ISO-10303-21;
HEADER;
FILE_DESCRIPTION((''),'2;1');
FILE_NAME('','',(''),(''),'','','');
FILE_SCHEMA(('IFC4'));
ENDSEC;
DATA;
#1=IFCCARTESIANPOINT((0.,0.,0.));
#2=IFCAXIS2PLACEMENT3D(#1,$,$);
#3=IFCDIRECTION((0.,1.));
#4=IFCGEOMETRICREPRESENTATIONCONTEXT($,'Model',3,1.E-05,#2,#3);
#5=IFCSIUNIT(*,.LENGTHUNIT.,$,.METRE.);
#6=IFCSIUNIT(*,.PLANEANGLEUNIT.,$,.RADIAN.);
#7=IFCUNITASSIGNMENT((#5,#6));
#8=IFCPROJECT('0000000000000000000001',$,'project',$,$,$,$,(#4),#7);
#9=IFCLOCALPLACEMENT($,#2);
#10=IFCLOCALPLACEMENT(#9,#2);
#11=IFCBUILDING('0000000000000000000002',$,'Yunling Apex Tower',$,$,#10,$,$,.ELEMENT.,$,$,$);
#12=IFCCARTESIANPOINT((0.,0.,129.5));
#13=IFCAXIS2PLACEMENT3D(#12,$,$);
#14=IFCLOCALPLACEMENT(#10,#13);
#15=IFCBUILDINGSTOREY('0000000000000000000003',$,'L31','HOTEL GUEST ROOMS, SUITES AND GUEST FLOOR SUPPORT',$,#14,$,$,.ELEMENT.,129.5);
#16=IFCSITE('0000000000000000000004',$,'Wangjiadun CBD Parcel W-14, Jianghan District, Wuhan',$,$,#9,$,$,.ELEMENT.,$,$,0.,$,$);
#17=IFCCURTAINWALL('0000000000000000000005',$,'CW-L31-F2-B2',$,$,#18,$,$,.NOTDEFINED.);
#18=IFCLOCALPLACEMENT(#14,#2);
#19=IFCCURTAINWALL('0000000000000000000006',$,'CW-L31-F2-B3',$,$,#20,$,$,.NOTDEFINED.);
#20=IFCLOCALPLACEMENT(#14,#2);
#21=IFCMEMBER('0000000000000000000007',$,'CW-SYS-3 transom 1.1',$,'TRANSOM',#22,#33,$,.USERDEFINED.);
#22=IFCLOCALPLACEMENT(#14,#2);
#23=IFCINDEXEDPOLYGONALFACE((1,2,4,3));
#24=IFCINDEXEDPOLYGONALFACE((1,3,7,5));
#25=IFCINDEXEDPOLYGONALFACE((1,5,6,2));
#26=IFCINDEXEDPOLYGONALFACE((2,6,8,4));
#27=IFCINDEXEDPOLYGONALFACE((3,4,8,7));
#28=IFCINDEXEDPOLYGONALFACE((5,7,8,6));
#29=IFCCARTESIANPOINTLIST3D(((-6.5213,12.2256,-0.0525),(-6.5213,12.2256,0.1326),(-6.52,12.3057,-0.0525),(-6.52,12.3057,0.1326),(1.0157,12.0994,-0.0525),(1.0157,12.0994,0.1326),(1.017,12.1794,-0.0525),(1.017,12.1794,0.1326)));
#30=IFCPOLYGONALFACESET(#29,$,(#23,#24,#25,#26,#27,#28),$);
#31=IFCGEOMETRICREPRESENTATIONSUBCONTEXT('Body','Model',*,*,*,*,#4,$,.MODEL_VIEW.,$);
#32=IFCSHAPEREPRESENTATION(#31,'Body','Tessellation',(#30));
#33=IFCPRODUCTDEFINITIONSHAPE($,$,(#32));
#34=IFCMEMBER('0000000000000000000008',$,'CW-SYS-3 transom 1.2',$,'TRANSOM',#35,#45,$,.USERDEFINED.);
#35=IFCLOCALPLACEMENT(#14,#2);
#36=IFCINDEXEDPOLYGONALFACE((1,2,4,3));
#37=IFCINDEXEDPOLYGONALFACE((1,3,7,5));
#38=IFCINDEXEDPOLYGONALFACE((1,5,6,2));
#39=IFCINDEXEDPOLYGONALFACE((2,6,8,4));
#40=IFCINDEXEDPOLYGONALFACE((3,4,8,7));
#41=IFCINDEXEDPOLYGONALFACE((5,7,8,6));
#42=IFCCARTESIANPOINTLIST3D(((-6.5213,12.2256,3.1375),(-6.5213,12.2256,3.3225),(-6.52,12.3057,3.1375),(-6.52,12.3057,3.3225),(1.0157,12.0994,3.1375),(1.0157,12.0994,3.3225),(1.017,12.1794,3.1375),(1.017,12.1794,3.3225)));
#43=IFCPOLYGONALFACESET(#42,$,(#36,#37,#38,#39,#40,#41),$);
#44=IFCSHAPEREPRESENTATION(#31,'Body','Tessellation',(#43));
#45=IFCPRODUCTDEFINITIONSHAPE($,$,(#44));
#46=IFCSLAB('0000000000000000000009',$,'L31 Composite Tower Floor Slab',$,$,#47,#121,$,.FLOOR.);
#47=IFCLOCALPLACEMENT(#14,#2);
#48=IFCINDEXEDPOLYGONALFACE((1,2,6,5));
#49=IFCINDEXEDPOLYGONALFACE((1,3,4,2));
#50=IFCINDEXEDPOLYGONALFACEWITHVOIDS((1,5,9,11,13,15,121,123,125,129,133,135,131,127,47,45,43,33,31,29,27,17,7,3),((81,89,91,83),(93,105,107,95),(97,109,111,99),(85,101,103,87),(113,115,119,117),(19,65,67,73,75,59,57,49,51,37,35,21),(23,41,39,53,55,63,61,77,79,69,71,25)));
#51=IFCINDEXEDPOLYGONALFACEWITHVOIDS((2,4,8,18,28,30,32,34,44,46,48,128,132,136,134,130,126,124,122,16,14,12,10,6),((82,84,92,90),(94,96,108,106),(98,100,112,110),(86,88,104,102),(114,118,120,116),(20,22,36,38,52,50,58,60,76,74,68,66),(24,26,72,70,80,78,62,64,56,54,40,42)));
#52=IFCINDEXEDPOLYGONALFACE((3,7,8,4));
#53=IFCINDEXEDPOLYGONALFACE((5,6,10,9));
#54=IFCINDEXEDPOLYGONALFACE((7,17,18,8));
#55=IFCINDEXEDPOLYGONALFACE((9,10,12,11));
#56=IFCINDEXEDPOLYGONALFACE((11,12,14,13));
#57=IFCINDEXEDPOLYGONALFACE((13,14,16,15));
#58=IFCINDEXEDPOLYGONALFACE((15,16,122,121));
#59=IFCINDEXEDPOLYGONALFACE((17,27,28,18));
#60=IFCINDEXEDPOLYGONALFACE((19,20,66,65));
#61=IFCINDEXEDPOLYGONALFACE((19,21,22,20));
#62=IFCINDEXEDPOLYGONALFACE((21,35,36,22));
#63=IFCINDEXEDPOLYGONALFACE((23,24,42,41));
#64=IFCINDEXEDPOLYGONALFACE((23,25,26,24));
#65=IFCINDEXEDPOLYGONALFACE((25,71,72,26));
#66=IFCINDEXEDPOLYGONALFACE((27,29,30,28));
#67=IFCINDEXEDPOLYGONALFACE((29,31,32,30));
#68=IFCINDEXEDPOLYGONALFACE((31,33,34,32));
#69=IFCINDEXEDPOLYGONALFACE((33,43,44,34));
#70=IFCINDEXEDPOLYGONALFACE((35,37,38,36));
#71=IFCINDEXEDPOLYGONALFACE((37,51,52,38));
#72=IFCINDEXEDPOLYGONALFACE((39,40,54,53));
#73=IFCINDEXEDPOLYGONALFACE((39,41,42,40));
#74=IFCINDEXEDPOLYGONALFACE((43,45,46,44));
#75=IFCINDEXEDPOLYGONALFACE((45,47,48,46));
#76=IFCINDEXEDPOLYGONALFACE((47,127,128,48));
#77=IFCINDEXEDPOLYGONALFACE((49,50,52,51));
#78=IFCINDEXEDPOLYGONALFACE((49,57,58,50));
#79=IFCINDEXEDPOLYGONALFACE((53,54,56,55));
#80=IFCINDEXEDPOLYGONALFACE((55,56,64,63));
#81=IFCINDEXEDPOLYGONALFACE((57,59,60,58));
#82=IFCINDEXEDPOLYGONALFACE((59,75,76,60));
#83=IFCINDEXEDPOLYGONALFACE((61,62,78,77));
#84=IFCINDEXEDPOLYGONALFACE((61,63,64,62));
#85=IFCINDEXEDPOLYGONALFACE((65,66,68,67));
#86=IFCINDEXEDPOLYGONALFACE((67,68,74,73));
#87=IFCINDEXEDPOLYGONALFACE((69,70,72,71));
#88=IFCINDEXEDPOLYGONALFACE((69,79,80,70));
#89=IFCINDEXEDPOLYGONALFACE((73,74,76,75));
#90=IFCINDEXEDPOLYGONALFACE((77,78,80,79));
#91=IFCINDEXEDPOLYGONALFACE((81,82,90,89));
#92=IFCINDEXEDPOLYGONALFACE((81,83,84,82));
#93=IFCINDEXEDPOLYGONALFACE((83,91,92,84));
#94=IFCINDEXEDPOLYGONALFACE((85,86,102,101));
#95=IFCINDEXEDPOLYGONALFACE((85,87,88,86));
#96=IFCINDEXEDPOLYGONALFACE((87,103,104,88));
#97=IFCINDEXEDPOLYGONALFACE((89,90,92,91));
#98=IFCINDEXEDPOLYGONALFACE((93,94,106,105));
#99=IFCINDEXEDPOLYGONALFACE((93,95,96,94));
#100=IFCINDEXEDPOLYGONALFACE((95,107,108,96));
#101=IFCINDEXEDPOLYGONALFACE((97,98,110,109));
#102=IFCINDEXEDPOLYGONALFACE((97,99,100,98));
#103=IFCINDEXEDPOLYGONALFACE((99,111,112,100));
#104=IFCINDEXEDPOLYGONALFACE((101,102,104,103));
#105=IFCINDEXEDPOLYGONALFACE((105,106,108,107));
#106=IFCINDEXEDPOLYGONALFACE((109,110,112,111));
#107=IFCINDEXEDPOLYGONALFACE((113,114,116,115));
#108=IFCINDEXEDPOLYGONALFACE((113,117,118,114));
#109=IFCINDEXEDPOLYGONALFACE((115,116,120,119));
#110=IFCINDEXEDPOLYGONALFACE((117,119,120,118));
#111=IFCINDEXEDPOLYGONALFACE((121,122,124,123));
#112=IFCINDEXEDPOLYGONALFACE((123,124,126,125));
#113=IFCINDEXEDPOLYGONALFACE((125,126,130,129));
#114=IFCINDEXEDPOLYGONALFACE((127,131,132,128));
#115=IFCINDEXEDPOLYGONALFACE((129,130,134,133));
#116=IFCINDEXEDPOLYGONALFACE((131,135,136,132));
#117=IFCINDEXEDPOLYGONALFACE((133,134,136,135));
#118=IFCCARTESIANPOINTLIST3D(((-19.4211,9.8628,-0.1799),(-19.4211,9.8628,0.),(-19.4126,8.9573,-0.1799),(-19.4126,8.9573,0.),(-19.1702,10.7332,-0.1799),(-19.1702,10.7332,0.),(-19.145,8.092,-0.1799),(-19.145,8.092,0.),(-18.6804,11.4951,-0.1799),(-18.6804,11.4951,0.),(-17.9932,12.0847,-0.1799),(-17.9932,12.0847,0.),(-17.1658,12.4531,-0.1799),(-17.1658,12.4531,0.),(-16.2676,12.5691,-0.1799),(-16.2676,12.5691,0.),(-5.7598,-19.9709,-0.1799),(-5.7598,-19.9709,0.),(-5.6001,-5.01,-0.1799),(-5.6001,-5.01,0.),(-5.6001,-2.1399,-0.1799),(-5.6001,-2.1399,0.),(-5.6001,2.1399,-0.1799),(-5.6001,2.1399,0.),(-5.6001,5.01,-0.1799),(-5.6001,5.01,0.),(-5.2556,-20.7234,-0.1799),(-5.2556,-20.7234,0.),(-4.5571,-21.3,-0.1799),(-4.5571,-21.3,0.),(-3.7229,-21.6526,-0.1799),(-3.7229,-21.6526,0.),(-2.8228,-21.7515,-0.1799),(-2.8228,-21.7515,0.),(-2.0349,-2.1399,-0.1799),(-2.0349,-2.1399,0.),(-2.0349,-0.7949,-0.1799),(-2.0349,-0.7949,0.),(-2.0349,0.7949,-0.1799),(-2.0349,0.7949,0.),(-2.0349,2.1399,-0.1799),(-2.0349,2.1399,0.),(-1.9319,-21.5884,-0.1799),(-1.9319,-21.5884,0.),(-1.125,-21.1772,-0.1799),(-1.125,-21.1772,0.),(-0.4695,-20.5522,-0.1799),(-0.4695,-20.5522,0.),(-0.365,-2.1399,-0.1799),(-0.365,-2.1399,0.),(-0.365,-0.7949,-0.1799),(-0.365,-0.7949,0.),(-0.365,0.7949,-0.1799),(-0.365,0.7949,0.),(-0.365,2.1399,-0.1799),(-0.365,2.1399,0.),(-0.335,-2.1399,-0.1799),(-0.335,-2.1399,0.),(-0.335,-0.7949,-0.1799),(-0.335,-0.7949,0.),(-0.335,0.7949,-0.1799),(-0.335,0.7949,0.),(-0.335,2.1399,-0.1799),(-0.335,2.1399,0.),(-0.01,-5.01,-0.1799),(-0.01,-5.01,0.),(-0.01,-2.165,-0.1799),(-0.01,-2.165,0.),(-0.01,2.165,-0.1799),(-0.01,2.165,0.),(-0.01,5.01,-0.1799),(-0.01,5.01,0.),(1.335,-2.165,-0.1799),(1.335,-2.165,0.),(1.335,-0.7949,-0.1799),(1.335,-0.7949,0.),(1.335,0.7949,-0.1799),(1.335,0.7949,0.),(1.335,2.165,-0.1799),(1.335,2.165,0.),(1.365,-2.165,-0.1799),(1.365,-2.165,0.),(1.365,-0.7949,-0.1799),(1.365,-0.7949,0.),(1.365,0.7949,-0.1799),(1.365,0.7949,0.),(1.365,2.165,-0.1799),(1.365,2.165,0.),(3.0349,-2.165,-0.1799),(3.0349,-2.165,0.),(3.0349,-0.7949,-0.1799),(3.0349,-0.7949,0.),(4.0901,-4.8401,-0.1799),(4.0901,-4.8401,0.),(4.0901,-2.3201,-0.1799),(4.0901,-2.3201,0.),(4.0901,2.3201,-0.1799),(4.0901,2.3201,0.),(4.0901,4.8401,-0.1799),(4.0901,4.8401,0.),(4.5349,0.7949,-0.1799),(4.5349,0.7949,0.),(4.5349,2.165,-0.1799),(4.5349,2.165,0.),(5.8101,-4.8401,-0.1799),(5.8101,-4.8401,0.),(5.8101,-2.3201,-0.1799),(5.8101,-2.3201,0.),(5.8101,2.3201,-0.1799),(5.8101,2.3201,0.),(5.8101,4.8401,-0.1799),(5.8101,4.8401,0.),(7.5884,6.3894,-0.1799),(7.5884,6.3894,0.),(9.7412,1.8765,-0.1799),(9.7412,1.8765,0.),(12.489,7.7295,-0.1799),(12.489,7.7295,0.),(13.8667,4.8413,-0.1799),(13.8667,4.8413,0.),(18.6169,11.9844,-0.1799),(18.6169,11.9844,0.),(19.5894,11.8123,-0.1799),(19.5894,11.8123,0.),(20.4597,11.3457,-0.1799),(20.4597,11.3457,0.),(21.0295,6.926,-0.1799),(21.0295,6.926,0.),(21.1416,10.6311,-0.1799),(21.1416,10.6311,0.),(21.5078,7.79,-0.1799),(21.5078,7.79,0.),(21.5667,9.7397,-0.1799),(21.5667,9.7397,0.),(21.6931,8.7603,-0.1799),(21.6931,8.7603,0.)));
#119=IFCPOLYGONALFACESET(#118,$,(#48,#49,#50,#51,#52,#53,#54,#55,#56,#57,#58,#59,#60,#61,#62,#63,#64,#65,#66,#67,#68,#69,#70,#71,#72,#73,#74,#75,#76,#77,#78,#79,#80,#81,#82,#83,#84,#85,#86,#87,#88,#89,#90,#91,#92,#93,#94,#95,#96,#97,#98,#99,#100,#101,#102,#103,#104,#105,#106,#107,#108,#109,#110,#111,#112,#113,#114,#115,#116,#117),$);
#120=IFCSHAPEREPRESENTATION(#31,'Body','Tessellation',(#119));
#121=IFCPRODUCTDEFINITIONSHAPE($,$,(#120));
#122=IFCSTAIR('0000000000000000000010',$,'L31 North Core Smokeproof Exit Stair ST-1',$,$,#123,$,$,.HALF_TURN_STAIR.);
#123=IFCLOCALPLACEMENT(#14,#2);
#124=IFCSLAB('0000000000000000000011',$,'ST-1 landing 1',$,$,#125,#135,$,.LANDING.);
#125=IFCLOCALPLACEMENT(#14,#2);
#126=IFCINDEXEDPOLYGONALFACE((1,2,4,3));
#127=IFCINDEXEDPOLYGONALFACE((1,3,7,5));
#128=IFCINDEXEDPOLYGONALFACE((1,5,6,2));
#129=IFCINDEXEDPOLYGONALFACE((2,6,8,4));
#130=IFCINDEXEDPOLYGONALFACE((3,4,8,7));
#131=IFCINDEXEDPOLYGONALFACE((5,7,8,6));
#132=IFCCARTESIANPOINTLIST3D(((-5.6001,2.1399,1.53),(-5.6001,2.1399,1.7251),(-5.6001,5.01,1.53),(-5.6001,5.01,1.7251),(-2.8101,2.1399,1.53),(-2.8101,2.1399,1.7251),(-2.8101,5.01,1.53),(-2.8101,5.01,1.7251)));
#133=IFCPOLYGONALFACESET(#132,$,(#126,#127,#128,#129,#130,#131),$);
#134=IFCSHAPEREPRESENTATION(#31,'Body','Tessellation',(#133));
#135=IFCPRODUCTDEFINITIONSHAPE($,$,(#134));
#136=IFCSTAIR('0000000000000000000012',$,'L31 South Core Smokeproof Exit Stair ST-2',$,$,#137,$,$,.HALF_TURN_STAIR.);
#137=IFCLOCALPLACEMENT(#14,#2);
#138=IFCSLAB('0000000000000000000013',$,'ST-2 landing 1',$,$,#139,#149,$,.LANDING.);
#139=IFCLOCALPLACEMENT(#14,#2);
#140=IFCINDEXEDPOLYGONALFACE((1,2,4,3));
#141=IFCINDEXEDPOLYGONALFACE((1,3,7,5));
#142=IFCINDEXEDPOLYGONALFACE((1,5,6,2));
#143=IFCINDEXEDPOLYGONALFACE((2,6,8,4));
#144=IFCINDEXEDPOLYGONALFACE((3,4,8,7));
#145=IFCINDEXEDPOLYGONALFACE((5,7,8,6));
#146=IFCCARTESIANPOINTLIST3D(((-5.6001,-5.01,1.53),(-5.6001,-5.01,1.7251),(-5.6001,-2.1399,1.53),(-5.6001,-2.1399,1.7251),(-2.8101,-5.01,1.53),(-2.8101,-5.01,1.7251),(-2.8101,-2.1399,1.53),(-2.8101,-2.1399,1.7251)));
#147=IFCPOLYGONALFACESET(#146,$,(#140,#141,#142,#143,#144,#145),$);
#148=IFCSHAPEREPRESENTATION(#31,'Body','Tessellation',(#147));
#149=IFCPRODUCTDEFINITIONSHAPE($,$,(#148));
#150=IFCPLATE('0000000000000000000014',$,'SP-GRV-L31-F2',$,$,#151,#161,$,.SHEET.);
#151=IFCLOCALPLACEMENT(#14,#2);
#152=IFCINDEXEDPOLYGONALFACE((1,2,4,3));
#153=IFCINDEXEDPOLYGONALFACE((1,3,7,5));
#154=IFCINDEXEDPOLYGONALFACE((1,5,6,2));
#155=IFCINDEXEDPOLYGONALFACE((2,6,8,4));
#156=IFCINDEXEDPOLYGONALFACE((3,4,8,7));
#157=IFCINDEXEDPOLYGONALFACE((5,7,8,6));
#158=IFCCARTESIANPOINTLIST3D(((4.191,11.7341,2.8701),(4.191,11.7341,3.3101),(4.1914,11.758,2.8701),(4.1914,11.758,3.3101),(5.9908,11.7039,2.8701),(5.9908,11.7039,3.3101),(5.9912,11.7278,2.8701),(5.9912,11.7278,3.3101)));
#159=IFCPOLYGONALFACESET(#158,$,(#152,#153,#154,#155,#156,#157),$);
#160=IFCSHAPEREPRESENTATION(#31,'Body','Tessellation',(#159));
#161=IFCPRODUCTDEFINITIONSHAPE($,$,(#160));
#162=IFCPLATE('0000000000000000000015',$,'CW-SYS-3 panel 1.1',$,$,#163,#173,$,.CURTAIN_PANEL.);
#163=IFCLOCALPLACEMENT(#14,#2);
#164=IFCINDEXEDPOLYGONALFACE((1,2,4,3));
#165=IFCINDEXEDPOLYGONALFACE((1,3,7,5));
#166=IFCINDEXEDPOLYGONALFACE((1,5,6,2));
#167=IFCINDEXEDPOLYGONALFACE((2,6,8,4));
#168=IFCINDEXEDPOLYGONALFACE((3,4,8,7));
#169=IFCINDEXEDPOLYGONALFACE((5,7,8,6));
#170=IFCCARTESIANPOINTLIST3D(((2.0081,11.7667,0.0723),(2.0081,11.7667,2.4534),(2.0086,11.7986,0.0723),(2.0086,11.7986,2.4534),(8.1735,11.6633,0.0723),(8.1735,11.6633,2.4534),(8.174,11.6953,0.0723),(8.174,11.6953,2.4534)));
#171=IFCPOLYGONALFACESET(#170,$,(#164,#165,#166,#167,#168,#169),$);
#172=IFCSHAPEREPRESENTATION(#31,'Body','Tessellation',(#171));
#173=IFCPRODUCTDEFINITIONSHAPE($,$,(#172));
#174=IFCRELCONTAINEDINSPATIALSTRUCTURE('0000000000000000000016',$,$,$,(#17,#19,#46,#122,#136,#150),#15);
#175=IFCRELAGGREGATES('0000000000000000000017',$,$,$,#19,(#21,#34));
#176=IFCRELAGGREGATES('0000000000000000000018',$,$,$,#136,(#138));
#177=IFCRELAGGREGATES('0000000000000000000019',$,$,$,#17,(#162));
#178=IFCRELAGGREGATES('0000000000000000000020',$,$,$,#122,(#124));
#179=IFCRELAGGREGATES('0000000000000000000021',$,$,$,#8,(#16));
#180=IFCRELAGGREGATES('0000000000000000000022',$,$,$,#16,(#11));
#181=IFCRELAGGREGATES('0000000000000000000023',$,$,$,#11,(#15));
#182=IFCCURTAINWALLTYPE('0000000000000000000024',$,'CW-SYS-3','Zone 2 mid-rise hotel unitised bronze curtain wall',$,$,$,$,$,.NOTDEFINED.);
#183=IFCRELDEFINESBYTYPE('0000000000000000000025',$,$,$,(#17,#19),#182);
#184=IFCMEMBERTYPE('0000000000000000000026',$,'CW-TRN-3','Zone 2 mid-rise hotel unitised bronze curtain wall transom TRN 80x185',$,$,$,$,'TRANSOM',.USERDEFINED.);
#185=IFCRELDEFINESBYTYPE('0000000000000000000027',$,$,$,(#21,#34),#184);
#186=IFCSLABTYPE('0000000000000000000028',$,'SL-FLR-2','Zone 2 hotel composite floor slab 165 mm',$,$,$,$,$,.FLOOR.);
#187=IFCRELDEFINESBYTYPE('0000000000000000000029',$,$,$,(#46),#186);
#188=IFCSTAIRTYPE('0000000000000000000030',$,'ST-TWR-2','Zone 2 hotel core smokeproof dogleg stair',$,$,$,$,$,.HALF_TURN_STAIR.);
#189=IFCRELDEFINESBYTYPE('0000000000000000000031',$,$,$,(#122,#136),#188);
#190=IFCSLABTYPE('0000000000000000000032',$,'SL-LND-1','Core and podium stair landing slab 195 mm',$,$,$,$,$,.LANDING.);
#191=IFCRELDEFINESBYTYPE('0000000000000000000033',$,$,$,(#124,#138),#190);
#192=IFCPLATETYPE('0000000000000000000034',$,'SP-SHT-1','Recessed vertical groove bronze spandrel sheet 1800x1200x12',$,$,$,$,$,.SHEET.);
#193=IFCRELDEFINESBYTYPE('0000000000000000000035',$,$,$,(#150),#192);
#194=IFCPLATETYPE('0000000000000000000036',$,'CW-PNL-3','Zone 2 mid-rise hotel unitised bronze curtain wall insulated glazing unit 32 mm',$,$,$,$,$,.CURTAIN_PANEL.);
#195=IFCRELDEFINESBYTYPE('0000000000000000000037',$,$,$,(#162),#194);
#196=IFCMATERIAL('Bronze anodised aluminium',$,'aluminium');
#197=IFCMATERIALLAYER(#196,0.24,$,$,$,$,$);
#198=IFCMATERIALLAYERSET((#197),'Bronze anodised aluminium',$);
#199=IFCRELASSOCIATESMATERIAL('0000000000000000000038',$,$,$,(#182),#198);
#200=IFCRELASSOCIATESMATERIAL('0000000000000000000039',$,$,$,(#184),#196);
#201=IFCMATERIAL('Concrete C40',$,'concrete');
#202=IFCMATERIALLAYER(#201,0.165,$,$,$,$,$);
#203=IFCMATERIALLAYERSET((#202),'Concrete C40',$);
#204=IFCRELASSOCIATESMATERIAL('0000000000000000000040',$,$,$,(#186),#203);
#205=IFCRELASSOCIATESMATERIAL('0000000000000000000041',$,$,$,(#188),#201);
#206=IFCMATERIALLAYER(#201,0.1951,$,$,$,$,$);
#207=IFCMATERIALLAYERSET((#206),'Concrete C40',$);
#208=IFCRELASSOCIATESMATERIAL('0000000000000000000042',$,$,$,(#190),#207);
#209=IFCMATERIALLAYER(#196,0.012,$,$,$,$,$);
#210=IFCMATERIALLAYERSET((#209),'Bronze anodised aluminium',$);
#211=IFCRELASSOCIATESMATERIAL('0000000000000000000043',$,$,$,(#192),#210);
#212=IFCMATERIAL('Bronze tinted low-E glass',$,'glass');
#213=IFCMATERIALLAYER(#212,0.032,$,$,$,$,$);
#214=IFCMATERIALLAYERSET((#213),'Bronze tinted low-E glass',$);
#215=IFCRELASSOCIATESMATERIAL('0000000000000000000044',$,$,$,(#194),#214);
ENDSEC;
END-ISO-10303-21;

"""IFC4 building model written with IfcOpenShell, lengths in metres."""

from ifc_helpers import new_model, si_unit, direction, frame, origin, origin_2d, place, context, subcontext, project, spatial, polyline, rectangle, outline, extrude, source, transform, mapped, material, layer, layer_set, material_profile, profile_set, type_object, element, aggregate, save


model = new_model("IFC4")

# Units and contexts
model_context = context("Model", 3, precision=1e-05, world=origin(), true_north=direction((0.0, 1.0)))
body_context = subcontext(model_context, "Body", "Model", "MODEL_VIEW")
ifc_project = project(units=[si_unit("LENGTHUNIT", "METRE"), si_unit("PLANEANGLEUNIT", "RADIAN")], contexts=[model_context])

# Site, building, storey
site_placement = place(None, origin())
site = spatial("IfcSite", under=ifc_project, at=site_placement, Name="Wangjiadun CBD Parcel W-14, Jianghan District, Wuhan", CompositionType="ELEMENT", RefElevation=0.0)
building_placement = place(site_placement, origin())
building = spatial("IfcBuilding", under=site, at=building_placement, Name="Yunling Apex Tower", CompositionType="ELEMENT")
storey_placement = place(building_placement, frame((0.0, 0.0, 129.5)))
storey = spatial("IfcBuildingStorey", under=building, at=storey_placement, Name="L31", Description="HOTEL GUEST ROOMS, SUITES AND GUEST FLOOR SUPPORT", CompositionType="ELEMENT", Elevation=129.5)

# Curtain wall
ifc_material_1 = material(Name="Bronze anodised aluminium", Category="aluminium")
ifc_layer_1 = layer(ifc_material_1, 0.24)
ifc_layer_set_1 = layer_set([ifc_layer_1], Name="Bronze anodised aluminium")
curtain_wall_type = type_object("IfcCurtainWallType", Name="CW-SYS-3", Description="Zone 2 mid-rise hotel unitised bronze curtain wall", PredefinedType="NOTDEFINED", material=ifc_layer_set_1)
curtain_wall_1_placement = place(storey_placement, origin())
curtain_wall_1 = element("IfcCurtainWall", 1, at=curtain_wall_1_placement, inside=storey, type_object=curtain_wall_type, Name="CW-L31-F2-B2", PredefinedType="NOTDEFINED")

# Curtain wall, members
curtain_wall_2_placement = place(storey_placement, origin())
curtain_wall_2 = element("IfcCurtainWall", 2, at=curtain_wall_2_placement, inside=storey, type_object=curtain_wall_type, Name="CW-L31-F2-B3", PredefinedType="NOTDEFINED")
ifc_material_profile_1 = material_profile(ifc_material_1, rectangle(XDim=0.0801, YDim=0.1851, at=origin_2d()))
ifc_profile_set_1 = profile_set([ifc_material_profile_1], Name="Bronze anodised aluminium")
member_type_1 = type_object("IfcMemberType", Name="CW-TRN-3", Description="Zone 2 mid-rise hotel unitised bronze curtain wall transom TRN 80x185", ElementType="TRANSOM", PredefinedType="USERDEFINED", material=ifc_profile_set_1)
shared_shape_1 = source(origin(), body_context, "Body", "SweptSolid", [
    extrude(rectangle(XDim=0.0801, YDim=0.1851, at=origin_2d()), origin(), (0.0, 0.0, 1.0), 7.5381),
])
member_1_placement = place(storey_placement, frame((1.0164, 12.1394, 0.04), z_axis=(-0.99986, 0.016744, 0.0), x_axis=(-0.016744, -0.99986, 0.0)))
member_1 = element("IfcMember", 3, at=member_1_placement, type_object=member_type_1, Name="CW-SYS-3 transom 1.1", ObjectType="TRANSOM", PredefinedType="USERDEFINED", context=body_context, shape_type="MappedRepresentation", body=[
    mapped(shared_shape_1, transform((0.0, 0.0, 0.0), scale=1.0)),
])
member_2_placement = place(storey_placement, frame((1.0164, 12.1394, 3.23), z_axis=(-0.99986, 0.016744, 0.0), x_axis=(-0.016744, -0.99986, 0.0)))
member_2 = element("IfcMember", 4, at=member_2_placement, type_object=member_type_1, Name="CW-SYS-3 transom 1.2", ObjectType="TRANSOM", PredefinedType="USERDEFINED", context=body_context, shape_type="MappedRepresentation", body=[
    mapped(shared_shape_1, transform((0.0, 0.0, 0.0), scale=1.0)),
])
aggregate(curtain_wall_2, [member_1, member_2])

# Slab
ifc_material_2 = material(Name="Concrete C40", Category="concrete")
ifc_layer_2 = layer(ifc_material_2, 0.165)
ifc_layer_set_2 = layer_set([ifc_layer_2], Name="Concrete C40")
slab_type_1 = type_object("IfcSlabType", Name="SL-FLR-2", Description="Zone 2 hotel composite floor slab 165 mm", PredefinedType="FLOOR", material=ifc_layer_set_2)
slab_1_placement = place(storey_placement, frame((0.0, 0.0, -0.1799)))
element("IfcSlab", 5, at=slab_1_placement, inside=storey, type_object=slab_type_1, Name="L31 Composite Tower Floor Slab", PredefinedType="FLOOR", context=body_context, shape_type="SweptSolid", body=[
    extrude(outline(polyline([(-5.7598, -19.9709), (-5.2556, -20.7234), (-4.5571, -21.3), (-3.7229, -21.6526), (-2.8228, -21.7515), (-1.9319, -21.5884), (-1.125, -21.1772), (-0.4695, -20.5522), (21.0295, 6.926), (21.5078, 7.79), (21.6931, 8.7603), (21.5667, 9.7397), (21.1416, 10.6311), (20.4597, 11.3457), (19.5894, 11.8123), (18.6169, 11.9844), (-16.2676, 12.5691), (-17.1658, 12.4531), (-17.9932, 12.0847), (-18.6804, 11.4951), (-19.1702, 10.7332), (-19.4211, 9.8628), (-19.4126, 8.9573), (-19.145, 8.092), (-5.7598, -19.9709)]), holes=[polyline([(12.489, 7.7295), (13.8667, 4.8413), (9.7412, 1.8765), (7.5884, 6.3894), (12.489, 7.7295)]), polyline([(4.0901, -2.3201), (5.8101, -2.3201), (5.8101, -4.8401), (4.0901, -4.8401), (4.0901, -2.3201)]), polyline([(5.8101, 4.8401), (5.8101, 2.3201), (4.0901, 2.3201), (4.0901, 4.8401), (5.8101, 4.8401)]), polyline([(1.365, 2.165), (4.5349, 2.165), (4.5349, 0.7949), (1.365, 0.7949), (1.365, 2.165)]), polyline([(3.0349, -0.7949), (3.0349, -2.165), (1.365, -2.165), (1.365, -0.7949), (3.0349, -0.7949)]), polyline([(-2.0349, -0.7949), (-0.365, -0.7949), (-0.365, -2.1399), (-0.335, -2.1399), (-0.335, -0.7949), (1.335, -0.7949), (1.335, -2.165), (-0.01, -2.165), (-0.01, -5.01), (-5.6001, -5.01), (-5.6001, -2.1399), (-2.0349, -2.1399), (-2.0349, -0.7949)]), polyline([(-5.6001, 2.1399), (-5.6001, 5.01), (-0.01, 5.01), (-0.01, 2.165), (1.335, 2.165), (1.335, 0.7949), (-0.335, 0.7949), (-0.335, 2.1399), (-0.365, 2.1399), (-0.365, 0.7949), (-2.0349, 0.7949), (-2.0349, 2.1399), (-5.6001, 2.1399)])]), origin(), (0.0, 0.0, 1.0), 0.1799),
])

# Stairs, slabs
stair_type = type_object("IfcStairType", Name="ST-TWR-2", Description="Zone 2 hotel core smokeproof dogleg stair", PredefinedType="HALF_TURN_STAIR", material=ifc_material_2)
stair_1_placement = place(storey_placement, origin())
stair_1 = element("IfcStair", 6, at=stair_1_placement, inside=storey, type_object=stair_type, Name="L31 North Core Smokeproof Exit Stair ST-1", PredefinedType="HALF_TURN_STAIR")
ifc_layer_3 = layer(ifc_material_2, 0.1951)
ifc_layer_set_3 = layer_set([ifc_layer_3], Name="Concrete C40")
slab_type_2 = type_object("IfcSlabType", Name="SL-LND-1", Description="Core and podium stair landing slab 195 mm", PredefinedType="LANDING", material=ifc_layer_set_3)
slab_2_placement = place(storey_placement, frame((0.0, 0.0, 1.53)))
slab_2 = element("IfcSlab", 7, at=slab_2_placement, type_object=slab_type_2, Name="ST-1 landing 1", PredefinedType="LANDING", context=body_context, shape_type="SweptSolid", body=[
    extrude(outline(polyline([(-2.8101, 5.01), (-5.6001, 5.01), (-5.6001, 2.1399), (-2.8101, 2.1399), (-2.8101, 5.01)])), origin(), (0.0, 0.0, 1.0), 0.1951),
])
stair_2_placement = place(storey_placement, origin())
stair_2 = element("IfcStair", 8, at=stair_2_placement, inside=storey, type_object=stair_type, Name="L31 South Core Smokeproof Exit Stair ST-2", PredefinedType="HALF_TURN_STAIR")
slab_3_placement = place(storey_placement, frame((0.0, 0.0, 1.53)))
slab_3 = element("IfcSlab", 9, at=slab_3_placement, type_object=slab_type_2, Name="ST-2 landing 1", PredefinedType="LANDING", context=body_context, shape_type="SweptSolid", body=[
    extrude(outline(polyline([(-2.8101, -2.1399), (-5.6001, -2.1399), (-5.6001, -5.01), (-2.8101, -5.01), (-2.8101, -2.1399)])), origin(), (0.0, 0.0, 1.0), 0.1951),
])
aggregate(stair_2, [slab_3])

# Plates
ifc_layer_4 = layer(ifc_material_1, 0.012)
ifc_layer_set_4 = layer_set([ifc_layer_4], Name="Bronze anodised aluminium")
plate_type_1 = type_object("IfcPlateType", Name="SP-SHT-1", Description="Recessed vertical groove bronze spandrel sheet 1800x1200x12", PredefinedType="SHEET", material=ifc_layer_set_4)
shared_shape_2 = source(origin(), body_context, "Body", "SweptSolid", [
    extrude(rectangle(XDim=1.8, YDim=0.0239, at=origin_2d()), origin(), (0.0, 0.0, 1.0), 0.4399),
])
plate_1_placement = place(storey_placement, frame((5.0911, 11.731, 2.8701), z_axis=(0.0, 0.0, 1.0), x_axis=(-0.99986, 0.016754, 0.0)))
element("IfcPlate", 10, at=plate_1_placement, inside=storey, type_object=plate_type_1, Name="SP-GRV-L31-F2", PredefinedType="SHEET", context=body_context, shape_type="MappedRepresentation", body=[
    mapped(shared_shape_2, transform((0.0, 0.0, 0.0), scale=1.0)),
])
ifc_material_3 = material(Name="Bronze tinted low-E glass", Category="glass")
ifc_layer_5 = layer(ifc_material_3, 0.032)
ifc_layer_set_5 = layer_set([ifc_layer_5], Name="Bronze tinted low-E glass")
plate_type_2 = type_object("IfcPlateType", Name="CW-PNL-3", Description="Zone 2 mid-rise hotel unitised bronze curtain wall insulated glazing unit 32 mm", PredefinedType="CURTAIN_PANEL", material=ifc_layer_set_5)
shared_shape_3 = source(origin(), body_context, "Body", "SweptSolid", [
    extrude(rectangle(XDim=6.1663, YDim=0.032, at=origin_2d()), origin(), (0.0, 0.0, 1.0), 2.3811),
])
plate_2_placement = place(storey_placement, frame((5.0911, 11.731, 0.0723), z_axis=(0.0, 0.0, 1.0), x_axis=(-0.999859, 0.016767, 0.0)))
plate_2 = element("IfcPlate", 11, at=plate_2_placement, type_object=plate_type_2, Name="CW-SYS-3 panel 1.1", PredefinedType="CURTAIN_PANEL", context=body_context, shape_type="MappedRepresentation", body=[
    mapped(shared_shape_3, transform((0.0, 0.0, 0.0), scale=1.0)),
])
aggregate(curtain_wall_1, [plate_2])

aggregate(stair_1, [slab_2])

save(model, "model.ifc")
